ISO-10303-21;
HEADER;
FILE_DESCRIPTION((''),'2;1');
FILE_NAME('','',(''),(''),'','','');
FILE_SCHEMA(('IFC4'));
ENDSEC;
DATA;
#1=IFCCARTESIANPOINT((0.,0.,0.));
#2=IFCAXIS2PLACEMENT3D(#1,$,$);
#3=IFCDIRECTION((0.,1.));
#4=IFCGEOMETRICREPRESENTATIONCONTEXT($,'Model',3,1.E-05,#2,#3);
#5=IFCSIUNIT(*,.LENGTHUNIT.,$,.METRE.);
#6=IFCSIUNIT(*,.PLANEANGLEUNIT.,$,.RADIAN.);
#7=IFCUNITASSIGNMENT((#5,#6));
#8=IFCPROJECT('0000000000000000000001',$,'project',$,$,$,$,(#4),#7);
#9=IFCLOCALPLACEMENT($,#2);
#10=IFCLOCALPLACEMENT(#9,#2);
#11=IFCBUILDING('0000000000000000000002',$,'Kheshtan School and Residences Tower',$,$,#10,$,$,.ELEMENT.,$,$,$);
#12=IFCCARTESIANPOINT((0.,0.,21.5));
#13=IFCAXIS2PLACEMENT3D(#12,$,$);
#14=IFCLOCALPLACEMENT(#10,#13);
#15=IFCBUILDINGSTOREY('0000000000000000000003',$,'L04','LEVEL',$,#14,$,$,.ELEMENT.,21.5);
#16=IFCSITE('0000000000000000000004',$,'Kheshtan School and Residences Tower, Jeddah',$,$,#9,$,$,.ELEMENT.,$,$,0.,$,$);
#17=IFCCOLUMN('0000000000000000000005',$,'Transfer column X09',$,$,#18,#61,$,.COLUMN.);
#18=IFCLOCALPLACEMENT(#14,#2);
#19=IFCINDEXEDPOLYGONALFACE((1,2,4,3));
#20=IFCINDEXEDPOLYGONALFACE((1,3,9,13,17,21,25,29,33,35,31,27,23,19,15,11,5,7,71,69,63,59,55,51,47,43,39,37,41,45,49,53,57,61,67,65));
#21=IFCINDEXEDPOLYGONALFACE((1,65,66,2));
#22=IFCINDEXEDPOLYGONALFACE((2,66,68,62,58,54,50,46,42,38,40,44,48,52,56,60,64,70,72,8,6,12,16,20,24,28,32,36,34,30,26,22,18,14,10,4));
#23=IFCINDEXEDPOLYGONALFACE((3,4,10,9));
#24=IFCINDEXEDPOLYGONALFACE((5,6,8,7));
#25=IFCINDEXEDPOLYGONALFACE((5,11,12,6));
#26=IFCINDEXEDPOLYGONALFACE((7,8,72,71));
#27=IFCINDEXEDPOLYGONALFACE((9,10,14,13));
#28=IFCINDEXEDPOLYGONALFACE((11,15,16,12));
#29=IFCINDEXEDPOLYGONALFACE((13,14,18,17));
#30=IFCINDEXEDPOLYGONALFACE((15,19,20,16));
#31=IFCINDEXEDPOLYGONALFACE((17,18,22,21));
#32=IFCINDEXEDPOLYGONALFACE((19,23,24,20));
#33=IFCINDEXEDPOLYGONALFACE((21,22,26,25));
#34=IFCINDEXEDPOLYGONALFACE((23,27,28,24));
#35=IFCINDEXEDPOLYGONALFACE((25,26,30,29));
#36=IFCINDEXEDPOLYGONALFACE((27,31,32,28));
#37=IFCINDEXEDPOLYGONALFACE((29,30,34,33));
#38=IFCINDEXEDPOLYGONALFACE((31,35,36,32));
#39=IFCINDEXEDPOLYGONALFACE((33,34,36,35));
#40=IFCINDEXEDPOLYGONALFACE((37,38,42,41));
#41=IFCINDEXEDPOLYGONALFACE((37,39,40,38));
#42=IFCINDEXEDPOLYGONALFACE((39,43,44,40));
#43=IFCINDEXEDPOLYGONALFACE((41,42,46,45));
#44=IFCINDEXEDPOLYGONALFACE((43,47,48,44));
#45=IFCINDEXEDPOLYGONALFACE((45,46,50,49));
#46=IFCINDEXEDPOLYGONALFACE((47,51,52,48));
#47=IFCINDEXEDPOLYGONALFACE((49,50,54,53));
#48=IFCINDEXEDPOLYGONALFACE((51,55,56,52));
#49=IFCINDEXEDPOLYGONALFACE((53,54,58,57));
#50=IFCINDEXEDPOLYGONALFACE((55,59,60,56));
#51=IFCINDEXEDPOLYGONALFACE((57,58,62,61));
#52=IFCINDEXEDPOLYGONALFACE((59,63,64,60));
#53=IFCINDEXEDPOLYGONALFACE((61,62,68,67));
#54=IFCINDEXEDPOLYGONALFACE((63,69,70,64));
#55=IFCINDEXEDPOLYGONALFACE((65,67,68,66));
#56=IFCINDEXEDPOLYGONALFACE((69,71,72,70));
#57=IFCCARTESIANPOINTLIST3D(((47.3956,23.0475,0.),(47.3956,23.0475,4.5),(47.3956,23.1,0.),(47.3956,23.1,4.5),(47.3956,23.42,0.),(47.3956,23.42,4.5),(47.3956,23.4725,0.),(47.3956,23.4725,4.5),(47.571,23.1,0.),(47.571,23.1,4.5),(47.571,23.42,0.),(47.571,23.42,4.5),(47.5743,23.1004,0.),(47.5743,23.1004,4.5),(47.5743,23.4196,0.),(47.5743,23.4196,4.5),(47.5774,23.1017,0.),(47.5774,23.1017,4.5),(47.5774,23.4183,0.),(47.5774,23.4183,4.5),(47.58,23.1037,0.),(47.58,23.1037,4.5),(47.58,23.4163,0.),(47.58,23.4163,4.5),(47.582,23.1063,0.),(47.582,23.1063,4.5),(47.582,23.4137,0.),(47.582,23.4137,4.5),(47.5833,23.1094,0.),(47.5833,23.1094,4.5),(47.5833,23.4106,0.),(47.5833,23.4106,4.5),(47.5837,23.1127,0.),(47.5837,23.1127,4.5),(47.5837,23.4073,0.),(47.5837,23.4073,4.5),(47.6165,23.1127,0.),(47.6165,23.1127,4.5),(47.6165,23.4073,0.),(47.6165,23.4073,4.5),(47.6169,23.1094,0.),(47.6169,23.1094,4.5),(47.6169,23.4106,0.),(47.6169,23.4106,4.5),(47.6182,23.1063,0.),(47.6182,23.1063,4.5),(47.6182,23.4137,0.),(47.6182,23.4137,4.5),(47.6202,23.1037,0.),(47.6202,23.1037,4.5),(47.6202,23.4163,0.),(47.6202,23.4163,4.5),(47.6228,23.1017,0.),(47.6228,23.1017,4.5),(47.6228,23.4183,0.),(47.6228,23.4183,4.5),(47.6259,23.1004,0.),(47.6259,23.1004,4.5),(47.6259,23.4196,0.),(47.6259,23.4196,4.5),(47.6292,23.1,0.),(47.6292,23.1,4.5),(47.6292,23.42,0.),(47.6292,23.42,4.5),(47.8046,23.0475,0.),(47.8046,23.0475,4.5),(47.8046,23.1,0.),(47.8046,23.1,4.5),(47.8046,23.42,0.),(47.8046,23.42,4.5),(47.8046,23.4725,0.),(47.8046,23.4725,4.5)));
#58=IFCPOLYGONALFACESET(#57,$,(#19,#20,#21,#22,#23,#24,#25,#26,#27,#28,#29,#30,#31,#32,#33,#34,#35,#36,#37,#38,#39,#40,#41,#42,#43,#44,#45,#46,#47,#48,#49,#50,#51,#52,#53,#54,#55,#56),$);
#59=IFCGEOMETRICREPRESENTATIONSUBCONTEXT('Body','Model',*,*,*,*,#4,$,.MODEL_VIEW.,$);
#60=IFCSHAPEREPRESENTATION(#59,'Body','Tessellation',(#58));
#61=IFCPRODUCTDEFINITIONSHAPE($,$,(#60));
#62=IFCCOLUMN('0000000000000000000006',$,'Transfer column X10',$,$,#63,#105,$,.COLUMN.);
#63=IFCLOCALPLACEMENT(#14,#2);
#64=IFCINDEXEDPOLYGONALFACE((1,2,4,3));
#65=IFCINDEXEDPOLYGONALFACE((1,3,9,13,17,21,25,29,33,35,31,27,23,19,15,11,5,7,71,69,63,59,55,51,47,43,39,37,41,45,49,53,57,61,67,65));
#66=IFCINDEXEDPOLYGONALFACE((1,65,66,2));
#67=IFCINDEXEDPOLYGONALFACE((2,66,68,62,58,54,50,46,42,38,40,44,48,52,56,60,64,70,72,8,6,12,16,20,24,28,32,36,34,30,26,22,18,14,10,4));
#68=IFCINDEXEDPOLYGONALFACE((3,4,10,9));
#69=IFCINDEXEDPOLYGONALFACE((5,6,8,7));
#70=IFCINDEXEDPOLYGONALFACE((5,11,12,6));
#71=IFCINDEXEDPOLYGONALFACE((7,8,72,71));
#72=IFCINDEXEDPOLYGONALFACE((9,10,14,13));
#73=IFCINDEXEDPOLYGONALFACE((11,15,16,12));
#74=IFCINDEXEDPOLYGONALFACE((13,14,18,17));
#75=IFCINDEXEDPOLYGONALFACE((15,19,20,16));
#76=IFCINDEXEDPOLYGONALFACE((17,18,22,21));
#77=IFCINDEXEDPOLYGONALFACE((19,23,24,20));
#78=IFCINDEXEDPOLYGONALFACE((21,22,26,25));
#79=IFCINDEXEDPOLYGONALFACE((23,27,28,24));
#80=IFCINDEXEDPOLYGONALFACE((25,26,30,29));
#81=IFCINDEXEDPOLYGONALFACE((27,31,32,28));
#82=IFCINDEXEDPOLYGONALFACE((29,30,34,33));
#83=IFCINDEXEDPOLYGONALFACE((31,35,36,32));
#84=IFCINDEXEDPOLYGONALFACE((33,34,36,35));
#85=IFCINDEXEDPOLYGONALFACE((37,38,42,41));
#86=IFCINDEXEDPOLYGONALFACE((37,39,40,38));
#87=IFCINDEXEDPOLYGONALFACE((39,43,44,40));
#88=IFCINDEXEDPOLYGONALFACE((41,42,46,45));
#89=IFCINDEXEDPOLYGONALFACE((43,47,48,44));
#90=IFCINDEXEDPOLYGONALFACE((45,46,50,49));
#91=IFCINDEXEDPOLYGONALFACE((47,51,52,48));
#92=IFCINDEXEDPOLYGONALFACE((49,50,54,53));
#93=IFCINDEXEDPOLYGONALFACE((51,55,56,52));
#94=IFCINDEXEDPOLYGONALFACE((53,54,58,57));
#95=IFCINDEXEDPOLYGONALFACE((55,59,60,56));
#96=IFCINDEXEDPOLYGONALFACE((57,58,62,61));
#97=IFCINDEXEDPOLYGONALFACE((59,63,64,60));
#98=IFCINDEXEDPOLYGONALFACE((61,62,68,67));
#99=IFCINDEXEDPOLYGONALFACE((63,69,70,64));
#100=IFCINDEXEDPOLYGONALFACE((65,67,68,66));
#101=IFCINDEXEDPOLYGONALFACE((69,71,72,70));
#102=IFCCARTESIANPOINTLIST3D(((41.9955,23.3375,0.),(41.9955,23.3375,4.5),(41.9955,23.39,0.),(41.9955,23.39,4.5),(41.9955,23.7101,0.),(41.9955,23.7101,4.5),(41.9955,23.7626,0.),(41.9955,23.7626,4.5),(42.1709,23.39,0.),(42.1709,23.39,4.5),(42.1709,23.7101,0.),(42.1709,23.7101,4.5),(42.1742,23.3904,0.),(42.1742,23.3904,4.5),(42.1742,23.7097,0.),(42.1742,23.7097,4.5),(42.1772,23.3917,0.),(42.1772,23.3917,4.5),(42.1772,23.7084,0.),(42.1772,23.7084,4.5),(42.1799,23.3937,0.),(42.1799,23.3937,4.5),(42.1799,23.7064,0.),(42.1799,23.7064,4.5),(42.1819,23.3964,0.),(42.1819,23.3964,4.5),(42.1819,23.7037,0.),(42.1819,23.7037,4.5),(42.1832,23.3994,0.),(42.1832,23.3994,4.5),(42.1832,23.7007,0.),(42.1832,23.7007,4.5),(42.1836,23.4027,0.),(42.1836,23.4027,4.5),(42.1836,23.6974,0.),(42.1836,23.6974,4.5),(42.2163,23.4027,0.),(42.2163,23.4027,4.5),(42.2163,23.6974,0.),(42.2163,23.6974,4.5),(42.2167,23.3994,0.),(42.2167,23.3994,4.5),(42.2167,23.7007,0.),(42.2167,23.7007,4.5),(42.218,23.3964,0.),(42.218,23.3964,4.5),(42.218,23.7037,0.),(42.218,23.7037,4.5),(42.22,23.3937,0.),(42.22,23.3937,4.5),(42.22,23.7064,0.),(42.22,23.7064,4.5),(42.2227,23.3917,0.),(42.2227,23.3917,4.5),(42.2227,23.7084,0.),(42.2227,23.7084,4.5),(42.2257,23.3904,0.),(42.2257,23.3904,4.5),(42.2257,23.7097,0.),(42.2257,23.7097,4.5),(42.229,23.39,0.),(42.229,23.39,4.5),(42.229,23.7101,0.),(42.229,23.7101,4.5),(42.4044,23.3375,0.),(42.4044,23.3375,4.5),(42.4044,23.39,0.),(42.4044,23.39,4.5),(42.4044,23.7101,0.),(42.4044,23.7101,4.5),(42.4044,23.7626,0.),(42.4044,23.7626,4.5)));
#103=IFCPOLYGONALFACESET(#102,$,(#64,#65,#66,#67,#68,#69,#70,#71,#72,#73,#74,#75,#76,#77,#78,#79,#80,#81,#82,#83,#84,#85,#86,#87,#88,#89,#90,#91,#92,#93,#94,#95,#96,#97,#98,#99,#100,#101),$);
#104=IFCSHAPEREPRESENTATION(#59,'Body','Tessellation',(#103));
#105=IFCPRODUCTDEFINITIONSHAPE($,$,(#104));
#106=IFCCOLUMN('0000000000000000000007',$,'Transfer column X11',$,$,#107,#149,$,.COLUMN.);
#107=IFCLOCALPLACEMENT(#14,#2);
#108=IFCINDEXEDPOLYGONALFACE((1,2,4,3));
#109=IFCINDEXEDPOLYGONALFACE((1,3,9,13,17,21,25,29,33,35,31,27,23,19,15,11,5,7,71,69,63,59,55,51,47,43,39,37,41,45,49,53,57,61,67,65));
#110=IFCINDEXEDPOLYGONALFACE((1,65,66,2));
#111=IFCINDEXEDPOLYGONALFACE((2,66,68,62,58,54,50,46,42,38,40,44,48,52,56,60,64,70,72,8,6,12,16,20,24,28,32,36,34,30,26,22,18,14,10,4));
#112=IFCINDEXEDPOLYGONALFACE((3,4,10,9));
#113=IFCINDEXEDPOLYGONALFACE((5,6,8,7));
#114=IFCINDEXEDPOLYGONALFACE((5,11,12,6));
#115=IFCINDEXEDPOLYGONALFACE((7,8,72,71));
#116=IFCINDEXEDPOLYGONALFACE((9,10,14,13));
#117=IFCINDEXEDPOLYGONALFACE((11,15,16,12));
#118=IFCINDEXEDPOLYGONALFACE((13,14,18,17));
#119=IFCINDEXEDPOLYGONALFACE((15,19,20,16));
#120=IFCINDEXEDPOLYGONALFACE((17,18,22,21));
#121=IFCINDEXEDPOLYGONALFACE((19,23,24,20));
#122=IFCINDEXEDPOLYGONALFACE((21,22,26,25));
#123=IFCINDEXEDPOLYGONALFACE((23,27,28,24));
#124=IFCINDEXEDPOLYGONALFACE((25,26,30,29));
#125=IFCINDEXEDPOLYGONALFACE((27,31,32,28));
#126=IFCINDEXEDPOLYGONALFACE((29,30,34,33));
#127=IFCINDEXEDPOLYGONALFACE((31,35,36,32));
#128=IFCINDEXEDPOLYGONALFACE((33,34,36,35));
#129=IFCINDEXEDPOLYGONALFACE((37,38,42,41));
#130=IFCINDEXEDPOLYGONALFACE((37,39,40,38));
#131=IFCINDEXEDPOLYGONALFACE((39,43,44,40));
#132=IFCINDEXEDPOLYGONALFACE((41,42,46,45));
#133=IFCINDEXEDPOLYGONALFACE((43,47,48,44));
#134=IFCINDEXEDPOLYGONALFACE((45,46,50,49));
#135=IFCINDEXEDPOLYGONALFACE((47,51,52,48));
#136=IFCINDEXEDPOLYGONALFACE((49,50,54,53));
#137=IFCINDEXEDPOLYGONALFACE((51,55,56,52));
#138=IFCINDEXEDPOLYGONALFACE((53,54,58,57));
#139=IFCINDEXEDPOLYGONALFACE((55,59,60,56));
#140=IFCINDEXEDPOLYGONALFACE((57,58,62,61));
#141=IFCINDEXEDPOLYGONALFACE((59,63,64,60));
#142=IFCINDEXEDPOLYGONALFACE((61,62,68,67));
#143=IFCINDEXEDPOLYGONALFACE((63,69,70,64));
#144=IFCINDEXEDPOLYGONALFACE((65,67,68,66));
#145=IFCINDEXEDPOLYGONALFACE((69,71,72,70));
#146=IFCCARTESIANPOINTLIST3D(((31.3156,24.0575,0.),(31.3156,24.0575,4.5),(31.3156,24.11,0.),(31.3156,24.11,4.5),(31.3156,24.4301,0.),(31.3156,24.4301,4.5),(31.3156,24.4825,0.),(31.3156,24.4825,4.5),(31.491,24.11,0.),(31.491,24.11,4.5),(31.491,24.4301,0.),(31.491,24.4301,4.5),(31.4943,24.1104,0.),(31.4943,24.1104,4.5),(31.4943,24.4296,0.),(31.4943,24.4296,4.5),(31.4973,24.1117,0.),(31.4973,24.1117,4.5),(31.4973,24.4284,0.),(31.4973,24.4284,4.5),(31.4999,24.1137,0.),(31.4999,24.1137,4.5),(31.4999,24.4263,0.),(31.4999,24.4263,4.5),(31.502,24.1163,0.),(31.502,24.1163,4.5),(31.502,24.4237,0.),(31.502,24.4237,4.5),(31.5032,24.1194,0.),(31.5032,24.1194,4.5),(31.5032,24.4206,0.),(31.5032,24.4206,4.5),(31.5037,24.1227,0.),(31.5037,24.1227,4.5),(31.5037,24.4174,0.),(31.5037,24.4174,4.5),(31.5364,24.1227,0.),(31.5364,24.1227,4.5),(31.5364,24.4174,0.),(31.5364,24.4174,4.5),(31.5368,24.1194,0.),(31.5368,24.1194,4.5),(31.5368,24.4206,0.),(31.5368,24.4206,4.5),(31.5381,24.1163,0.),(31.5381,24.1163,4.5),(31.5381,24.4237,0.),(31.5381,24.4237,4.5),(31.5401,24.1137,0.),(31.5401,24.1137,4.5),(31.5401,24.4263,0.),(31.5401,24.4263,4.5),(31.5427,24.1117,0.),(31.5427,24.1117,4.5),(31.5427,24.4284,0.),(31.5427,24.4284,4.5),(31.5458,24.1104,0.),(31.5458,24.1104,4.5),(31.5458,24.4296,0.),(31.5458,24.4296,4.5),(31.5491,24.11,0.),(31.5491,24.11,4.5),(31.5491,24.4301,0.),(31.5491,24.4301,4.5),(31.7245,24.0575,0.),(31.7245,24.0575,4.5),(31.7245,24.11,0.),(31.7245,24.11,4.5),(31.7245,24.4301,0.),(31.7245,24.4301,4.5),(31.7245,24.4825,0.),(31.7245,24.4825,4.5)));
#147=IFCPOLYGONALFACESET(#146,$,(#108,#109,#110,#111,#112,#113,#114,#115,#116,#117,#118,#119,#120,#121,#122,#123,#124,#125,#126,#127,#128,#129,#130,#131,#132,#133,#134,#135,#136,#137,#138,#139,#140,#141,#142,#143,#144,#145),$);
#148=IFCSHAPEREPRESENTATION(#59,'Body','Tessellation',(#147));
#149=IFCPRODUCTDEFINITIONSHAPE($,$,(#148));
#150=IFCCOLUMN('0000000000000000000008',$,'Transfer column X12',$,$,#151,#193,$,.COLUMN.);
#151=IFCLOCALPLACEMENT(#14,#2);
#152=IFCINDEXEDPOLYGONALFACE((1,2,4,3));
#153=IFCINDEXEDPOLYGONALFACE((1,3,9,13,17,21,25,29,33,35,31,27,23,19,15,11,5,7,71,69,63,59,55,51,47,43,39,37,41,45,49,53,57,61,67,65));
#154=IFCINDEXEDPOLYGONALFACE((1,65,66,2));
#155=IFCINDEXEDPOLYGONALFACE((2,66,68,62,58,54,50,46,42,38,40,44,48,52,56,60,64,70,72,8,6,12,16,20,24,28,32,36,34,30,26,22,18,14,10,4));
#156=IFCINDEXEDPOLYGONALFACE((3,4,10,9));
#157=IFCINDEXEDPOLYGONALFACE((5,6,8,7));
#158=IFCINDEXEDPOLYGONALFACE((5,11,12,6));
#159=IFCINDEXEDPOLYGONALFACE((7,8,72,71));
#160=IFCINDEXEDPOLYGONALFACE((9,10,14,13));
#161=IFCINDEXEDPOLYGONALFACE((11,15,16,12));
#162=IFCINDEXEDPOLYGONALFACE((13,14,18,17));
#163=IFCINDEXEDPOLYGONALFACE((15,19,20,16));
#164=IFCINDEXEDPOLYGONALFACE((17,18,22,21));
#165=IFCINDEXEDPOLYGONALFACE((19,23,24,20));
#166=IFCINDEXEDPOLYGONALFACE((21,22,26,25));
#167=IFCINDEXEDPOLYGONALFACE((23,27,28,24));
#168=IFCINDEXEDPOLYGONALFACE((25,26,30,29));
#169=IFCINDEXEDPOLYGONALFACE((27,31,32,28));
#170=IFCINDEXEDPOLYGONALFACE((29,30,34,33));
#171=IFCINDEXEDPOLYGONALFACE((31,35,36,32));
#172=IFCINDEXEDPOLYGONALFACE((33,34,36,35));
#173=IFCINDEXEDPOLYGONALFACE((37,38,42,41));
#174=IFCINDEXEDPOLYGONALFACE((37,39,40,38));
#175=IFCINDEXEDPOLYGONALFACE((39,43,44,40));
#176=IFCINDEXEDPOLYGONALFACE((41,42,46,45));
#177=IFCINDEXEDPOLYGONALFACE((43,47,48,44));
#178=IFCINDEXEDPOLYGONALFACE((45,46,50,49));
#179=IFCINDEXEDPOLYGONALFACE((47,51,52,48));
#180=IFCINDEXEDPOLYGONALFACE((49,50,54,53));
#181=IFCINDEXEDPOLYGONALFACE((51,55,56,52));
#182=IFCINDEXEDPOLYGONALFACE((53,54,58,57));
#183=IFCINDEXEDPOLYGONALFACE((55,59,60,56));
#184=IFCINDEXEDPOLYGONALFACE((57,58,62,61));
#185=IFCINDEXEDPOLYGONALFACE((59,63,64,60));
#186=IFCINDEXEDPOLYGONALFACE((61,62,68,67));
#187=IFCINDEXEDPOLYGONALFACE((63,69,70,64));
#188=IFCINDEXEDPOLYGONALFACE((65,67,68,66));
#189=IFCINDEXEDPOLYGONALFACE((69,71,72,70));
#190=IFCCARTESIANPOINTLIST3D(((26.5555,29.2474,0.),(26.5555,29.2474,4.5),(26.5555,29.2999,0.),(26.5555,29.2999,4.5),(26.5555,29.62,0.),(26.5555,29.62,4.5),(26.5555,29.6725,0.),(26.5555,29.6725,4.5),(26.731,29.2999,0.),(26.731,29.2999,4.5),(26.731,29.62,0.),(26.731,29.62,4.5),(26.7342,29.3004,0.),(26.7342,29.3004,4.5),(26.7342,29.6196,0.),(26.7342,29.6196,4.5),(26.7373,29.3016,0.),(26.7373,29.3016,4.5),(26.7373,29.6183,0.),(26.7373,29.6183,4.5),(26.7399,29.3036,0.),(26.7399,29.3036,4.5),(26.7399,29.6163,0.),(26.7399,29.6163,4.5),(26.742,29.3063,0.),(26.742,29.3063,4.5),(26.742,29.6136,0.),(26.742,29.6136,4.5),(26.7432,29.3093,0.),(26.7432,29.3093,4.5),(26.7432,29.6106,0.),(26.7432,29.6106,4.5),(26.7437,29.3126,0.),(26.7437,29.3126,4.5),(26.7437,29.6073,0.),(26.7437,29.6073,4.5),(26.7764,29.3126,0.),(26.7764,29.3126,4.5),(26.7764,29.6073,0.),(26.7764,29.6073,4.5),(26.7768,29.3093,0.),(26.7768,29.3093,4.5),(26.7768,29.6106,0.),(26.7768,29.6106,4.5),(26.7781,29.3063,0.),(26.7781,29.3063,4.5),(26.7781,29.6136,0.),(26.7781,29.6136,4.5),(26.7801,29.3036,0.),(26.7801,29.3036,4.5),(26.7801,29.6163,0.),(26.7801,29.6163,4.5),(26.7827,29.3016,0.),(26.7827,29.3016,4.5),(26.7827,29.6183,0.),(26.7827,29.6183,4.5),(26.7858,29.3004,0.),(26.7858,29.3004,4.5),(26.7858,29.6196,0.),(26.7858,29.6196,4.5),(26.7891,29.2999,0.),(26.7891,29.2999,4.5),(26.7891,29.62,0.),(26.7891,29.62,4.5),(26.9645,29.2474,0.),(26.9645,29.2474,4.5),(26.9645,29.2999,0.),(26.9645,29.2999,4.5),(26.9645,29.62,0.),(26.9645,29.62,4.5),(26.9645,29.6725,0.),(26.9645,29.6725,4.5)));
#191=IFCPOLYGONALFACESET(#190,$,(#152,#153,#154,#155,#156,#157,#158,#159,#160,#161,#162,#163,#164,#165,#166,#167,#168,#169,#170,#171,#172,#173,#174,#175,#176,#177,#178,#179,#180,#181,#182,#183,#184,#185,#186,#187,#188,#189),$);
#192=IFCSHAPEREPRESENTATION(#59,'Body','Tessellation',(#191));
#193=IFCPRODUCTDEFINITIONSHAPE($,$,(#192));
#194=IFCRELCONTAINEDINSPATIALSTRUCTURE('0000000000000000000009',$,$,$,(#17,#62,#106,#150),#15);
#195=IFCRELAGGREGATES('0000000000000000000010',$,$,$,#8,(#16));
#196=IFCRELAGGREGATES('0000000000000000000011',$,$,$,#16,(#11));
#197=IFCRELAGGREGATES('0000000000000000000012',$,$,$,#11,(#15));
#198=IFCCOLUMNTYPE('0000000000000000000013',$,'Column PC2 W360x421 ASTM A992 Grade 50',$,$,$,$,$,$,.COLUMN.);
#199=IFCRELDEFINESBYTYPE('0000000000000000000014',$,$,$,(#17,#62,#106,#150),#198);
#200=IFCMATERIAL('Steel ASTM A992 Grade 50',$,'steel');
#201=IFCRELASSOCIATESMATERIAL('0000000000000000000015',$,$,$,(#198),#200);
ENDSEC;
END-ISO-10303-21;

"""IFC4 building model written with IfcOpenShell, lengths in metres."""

from ifc_helpers import new_model, si_unit, direction, frame, origin, origin_2d, place, context, subcontext, project, spatial, i_section, extrude, material, material_profile, profile_set, type_object, element, save


model = new_model("IFC4")

# Units and contexts
model_context = context("Model", 3, precision=1e-05, world=origin(), true_north=direction((0.0, 1.0)))
body_context = subcontext(model_context, "Body", "Model", "MODEL_VIEW")
ifc_project = project(units=[si_unit("LENGTHUNIT", "METRE"), si_unit("PLANEANGLEUNIT", "RADIAN")], contexts=[model_context])

# Site, building, storey
site_placement = place(None, origin())
site = spatial("IfcSite", under=ifc_project, at=site_placement, Name="Kheshtan School and Residences Tower, Jeddah", CompositionType="ELEMENT", RefElevation=0.0)
building_placement = place(site_placement, origin())
building = spatial("IfcBuilding", under=site, at=building_placement, Name="Kheshtan School and Residences Tower", CompositionType="ELEMENT")
storey_placement = place(building_placement, frame((0.0, 0.0, 21.5)))
storey = spatial("IfcBuildingStorey", under=building, at=storey_placement, Name="L04", Description="LEVEL", CompositionType="ELEMENT", Elevation=21.5)

# Columns
ifc_material_1 = material(Name="Steel ASTM A992 Grade 50", Category="steel")
ifc_material_profile_1 = material_profile(ifc_material_1, i_section(OverallWidth=0.4089, OverallDepth=0.425, WebThickness=0.0327, FlangeThickness=0.0525, FilletRadius=0.0127, at=origin_2d()), Name="W360x421")
ifc_profile_set_1 = profile_set([ifc_material_profile_1], Name="Steel ASTM A992 Grade 50")
column_type = type_object("IfcColumnType", Name="Column PC2 W360x421 ASTM A992 Grade 50", PredefinedType="COLUMN", material=ifc_profile_set_1)
for number, where, z_axis, x_axis, name in (
    (1, (47.6001, 23.26, 0.0), (0.0, 0.0, 1.0), (1.0, 0.0, 0.0), "Transfer column X09"),
    (2, (42.2, 23.55, 0.0), (0.0, 0.0, 1.0), (1.0, 0.0, 0.0), "Transfer column X10"),
    (3, (31.52, 24.27, 0.0), (0.0, 0.0, 1.0), (1.0, 0.0, 0.0), "Transfer column X11"),
    (4, (26.76, 29.46, 0.0), (0.0, 0.0, 1.0), (1.0, 0.0, 0.0), "Transfer column X12"),
):
    element("IfcColumn", number, at=place(storey_placement, frame(where, z_axis=z_axis, x_axis=x_axis)), inside=storey, type_object=column_type, Name=name, PredefinedType="COLUMN", context=body_context, shape_type="SweptSolid", body=[
        extrude(i_section(OverallWidth=0.4089, OverallDepth=0.425, WebThickness=0.0327, FlangeThickness=0.0525, FilletRadius=0.0127, at=origin_2d()), origin(), (0.0, 0.0, 1.0), 4.5),
    ])

save(model, "model.ifc")
